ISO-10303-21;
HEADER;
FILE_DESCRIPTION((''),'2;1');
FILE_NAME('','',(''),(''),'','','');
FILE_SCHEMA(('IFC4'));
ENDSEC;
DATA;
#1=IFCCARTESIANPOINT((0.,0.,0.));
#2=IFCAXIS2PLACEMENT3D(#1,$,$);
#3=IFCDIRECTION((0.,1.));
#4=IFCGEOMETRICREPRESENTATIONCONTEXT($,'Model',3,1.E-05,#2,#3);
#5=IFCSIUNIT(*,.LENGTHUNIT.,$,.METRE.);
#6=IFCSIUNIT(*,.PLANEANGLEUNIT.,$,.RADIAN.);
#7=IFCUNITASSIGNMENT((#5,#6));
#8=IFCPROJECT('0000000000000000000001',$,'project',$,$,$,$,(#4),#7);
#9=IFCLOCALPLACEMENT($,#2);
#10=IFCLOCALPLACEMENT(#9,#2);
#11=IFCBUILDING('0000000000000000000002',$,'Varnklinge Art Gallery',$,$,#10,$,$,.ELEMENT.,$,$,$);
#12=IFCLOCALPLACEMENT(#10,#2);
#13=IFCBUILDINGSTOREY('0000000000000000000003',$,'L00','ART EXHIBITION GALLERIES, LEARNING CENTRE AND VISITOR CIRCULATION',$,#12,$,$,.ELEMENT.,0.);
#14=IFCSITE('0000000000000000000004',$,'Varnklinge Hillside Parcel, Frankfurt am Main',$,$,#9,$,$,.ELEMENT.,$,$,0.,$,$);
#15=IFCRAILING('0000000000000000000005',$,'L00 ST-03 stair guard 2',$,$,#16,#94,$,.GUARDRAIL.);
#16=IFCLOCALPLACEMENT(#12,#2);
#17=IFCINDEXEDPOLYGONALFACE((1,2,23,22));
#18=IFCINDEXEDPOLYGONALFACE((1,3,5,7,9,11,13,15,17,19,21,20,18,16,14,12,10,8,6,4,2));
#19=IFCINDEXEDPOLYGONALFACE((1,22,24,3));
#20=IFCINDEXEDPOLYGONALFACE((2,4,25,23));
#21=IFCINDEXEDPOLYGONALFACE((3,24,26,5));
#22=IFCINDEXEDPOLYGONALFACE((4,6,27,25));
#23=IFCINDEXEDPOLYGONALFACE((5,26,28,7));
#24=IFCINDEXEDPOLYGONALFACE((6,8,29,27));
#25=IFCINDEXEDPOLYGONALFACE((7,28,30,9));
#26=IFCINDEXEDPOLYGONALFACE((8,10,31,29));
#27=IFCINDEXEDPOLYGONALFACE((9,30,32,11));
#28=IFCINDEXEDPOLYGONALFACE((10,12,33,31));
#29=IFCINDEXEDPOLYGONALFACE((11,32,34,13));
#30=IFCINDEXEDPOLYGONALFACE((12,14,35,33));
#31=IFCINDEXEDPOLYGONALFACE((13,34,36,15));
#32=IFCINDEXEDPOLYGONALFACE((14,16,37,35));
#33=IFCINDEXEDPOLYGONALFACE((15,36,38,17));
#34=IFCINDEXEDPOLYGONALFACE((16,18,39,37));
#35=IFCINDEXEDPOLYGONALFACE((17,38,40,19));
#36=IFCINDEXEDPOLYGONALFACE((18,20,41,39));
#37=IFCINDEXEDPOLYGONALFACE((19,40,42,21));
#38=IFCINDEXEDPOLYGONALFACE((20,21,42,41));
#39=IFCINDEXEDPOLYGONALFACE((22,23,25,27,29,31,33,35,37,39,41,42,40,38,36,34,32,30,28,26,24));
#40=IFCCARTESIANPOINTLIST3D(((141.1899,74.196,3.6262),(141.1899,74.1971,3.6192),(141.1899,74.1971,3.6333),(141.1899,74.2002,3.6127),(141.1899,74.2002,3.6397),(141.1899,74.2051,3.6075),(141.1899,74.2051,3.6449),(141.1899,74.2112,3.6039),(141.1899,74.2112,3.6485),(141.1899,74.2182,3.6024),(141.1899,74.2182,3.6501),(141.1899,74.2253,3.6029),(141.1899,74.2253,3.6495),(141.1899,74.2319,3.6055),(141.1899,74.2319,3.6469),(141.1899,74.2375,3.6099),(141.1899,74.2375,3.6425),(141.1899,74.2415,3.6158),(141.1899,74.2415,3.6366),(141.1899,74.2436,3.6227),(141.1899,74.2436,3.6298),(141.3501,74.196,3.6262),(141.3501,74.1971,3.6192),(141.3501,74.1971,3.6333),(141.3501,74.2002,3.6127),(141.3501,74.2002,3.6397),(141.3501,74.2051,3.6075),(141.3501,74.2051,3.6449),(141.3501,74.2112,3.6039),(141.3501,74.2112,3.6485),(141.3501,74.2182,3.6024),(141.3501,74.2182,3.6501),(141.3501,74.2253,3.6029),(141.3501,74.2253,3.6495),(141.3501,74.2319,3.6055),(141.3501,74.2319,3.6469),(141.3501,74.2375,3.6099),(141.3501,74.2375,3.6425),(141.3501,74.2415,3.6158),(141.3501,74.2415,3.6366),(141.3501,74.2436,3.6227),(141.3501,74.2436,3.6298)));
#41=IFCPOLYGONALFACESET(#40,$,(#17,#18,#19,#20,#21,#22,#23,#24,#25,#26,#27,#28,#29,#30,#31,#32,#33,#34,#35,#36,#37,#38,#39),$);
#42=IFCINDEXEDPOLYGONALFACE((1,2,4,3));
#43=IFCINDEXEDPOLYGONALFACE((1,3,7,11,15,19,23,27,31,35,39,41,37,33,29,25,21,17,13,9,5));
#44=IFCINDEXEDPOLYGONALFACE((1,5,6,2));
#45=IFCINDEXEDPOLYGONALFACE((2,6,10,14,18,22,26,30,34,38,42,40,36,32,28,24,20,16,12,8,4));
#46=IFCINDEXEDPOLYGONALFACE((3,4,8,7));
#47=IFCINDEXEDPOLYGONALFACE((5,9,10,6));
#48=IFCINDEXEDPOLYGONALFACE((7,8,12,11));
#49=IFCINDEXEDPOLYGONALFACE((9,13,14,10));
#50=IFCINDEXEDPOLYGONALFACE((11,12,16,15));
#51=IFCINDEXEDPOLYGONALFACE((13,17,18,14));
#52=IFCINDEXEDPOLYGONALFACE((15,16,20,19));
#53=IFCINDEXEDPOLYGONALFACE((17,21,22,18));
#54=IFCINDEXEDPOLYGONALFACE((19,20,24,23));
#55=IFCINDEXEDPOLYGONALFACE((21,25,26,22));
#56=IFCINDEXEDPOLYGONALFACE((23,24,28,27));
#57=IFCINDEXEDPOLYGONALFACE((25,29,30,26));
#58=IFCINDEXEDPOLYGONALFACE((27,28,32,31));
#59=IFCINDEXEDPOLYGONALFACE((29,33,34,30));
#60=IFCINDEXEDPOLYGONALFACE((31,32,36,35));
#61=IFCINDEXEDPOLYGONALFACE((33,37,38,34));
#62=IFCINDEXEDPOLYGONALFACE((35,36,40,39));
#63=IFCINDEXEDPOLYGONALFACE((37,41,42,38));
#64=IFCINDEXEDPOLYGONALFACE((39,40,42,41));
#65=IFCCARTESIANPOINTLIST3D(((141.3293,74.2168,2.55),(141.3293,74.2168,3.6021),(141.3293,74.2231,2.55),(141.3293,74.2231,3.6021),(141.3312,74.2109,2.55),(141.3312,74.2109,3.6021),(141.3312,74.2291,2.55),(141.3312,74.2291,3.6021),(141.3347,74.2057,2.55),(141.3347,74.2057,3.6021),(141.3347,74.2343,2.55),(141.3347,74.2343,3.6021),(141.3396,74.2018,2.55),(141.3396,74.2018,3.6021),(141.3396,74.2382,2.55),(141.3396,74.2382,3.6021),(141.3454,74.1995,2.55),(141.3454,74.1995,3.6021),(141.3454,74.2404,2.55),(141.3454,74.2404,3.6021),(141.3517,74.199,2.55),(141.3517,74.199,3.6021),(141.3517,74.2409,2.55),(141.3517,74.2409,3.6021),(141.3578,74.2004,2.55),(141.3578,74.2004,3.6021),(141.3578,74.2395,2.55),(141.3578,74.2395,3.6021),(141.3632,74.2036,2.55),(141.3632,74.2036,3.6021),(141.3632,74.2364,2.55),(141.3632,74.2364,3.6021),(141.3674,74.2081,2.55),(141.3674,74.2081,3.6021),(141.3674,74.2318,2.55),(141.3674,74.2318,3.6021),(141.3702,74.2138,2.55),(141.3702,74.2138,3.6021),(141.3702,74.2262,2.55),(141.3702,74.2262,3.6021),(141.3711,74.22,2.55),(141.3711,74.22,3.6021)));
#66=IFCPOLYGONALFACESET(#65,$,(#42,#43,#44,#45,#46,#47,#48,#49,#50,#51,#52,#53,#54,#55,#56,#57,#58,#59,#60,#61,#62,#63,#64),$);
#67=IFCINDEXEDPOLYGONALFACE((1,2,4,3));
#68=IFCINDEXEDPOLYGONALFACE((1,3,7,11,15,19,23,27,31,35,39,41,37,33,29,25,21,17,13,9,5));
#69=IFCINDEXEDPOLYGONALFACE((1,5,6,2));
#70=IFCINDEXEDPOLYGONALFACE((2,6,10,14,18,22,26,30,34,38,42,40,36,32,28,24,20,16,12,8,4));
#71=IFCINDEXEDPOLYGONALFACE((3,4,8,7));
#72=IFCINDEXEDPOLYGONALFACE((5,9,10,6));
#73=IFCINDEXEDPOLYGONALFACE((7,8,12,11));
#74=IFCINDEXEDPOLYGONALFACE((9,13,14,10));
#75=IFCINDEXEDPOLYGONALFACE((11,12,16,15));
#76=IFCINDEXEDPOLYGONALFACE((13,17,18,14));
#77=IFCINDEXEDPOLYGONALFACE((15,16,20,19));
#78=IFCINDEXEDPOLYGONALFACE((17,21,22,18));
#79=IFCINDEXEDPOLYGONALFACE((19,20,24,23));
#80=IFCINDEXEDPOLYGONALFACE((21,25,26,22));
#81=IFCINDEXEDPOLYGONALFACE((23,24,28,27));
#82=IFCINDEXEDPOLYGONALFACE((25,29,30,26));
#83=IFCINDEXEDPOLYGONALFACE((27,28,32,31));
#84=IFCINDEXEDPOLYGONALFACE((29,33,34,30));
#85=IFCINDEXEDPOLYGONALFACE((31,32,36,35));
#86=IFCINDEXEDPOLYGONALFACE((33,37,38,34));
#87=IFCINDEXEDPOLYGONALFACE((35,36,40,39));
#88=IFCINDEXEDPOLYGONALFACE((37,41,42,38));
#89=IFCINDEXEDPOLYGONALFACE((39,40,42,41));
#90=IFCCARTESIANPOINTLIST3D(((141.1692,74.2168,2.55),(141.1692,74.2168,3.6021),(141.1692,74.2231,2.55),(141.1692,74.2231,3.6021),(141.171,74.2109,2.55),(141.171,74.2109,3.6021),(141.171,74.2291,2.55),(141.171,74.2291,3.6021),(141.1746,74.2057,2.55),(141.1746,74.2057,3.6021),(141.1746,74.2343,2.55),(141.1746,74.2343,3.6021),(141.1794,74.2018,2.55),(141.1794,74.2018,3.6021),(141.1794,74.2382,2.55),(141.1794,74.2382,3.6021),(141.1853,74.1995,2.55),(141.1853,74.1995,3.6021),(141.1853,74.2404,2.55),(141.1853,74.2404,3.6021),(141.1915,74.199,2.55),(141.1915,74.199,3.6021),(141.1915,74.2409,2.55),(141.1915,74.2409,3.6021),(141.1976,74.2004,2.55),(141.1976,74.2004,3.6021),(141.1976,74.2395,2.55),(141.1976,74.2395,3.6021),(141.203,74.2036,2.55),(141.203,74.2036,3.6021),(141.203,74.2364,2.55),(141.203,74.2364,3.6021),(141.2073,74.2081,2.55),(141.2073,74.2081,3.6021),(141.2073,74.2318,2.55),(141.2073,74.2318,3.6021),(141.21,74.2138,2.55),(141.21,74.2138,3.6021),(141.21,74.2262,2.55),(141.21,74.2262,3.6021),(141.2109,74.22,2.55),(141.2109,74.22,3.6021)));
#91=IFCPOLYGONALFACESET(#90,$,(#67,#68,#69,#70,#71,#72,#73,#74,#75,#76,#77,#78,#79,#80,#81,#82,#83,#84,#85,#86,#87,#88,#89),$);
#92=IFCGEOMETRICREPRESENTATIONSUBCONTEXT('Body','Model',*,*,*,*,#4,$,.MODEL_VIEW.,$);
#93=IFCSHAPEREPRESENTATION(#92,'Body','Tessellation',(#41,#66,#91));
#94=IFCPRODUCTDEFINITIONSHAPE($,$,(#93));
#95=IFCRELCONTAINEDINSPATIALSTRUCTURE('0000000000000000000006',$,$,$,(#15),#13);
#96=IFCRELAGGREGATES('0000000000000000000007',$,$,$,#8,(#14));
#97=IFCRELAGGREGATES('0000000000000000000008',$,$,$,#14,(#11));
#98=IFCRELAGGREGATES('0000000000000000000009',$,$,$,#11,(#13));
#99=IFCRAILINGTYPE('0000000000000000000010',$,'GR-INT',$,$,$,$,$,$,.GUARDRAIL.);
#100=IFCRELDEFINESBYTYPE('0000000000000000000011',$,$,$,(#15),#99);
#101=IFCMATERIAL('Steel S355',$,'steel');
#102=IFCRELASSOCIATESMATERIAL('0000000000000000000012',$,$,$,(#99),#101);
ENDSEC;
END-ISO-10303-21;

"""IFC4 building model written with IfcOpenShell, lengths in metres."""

from ifc_helpers import new_model, si_unit, direction, frame, origin, origin_2d, place, context, subcontext, project, spatial, circle, extrude, material, type_object, element, save


model = new_model("IFC4")

# Units and contexts
model_context = context("Model", 3, precision=1e-05, world=origin(), true_north=direction((0.0, 1.0)))
body_context = subcontext(model_context, "Body", "Model", "MODEL_VIEW")
ifc_project = project(units=[si_unit("LENGTHUNIT", "METRE"), si_unit("PLANEANGLEUNIT", "RADIAN")], contexts=[model_context])

# Site, building, storey
site_placement = place(None, origin())
site = spatial("IfcSite", under=ifc_project, at=site_placement, Name="Varnklinge Hillside Parcel, Frankfurt am Main", CompositionType="ELEMENT", RefElevation=0.0)
building_placement = place(site_placement, origin())
building = spatial("IfcBuilding", under=site, at=building_placement, Name="Varnklinge Art Gallery", CompositionType="ELEMENT")
storey_placement = place(building_placement, origin())
storey = spatial("IfcBuildingStorey", under=building, at=storey_placement, Name="L00", Description="ART EXHIBITION GALLERIES, LEARNING CENTRE AND VISITOR CIRCULATION", CompositionType="ELEMENT", Elevation=0.0)

# Railing
ifc_material_1 = material(Name="Steel S355", Category="steel")
railing_type_1 = type_object("IfcRailingType", Name="GR-INT", PredefinedType="GUARDRAIL", material=ifc_material_1)
railing_1_placement = place(storey_placement, frame((141.3501, 74.22, 2.55)))
element("IfcRailing", 1, at=railing_1_placement, inside=storey, type_object=railing_type_1, Name="L00 ST-03 stair guard 2", PredefinedType="GUARDRAIL", context=body_context, shape_type="SweptSolid", body=[
    extrude(circle(Radius=0.0239, at=origin_2d()), frame((0.0, 0.0, 1.0762), z_axis=(-1.0, 0.0, 0.0), x_axis=(0.0, -1.0, 0.0)), (0.0, 0.0, 1.0), 0.1602),
    extrude(circle(Radius=0.021, at=origin_2d()), origin(), (0.0, 0.0, 1.0), 1.052),
    extrude(circle(Radius=0.021, at=origin_2d()), frame((-0.1602, 0.0, 0.0)), (0.0, 0.0, 1.0), 1.052),
])

save(model, "model.ifc")
